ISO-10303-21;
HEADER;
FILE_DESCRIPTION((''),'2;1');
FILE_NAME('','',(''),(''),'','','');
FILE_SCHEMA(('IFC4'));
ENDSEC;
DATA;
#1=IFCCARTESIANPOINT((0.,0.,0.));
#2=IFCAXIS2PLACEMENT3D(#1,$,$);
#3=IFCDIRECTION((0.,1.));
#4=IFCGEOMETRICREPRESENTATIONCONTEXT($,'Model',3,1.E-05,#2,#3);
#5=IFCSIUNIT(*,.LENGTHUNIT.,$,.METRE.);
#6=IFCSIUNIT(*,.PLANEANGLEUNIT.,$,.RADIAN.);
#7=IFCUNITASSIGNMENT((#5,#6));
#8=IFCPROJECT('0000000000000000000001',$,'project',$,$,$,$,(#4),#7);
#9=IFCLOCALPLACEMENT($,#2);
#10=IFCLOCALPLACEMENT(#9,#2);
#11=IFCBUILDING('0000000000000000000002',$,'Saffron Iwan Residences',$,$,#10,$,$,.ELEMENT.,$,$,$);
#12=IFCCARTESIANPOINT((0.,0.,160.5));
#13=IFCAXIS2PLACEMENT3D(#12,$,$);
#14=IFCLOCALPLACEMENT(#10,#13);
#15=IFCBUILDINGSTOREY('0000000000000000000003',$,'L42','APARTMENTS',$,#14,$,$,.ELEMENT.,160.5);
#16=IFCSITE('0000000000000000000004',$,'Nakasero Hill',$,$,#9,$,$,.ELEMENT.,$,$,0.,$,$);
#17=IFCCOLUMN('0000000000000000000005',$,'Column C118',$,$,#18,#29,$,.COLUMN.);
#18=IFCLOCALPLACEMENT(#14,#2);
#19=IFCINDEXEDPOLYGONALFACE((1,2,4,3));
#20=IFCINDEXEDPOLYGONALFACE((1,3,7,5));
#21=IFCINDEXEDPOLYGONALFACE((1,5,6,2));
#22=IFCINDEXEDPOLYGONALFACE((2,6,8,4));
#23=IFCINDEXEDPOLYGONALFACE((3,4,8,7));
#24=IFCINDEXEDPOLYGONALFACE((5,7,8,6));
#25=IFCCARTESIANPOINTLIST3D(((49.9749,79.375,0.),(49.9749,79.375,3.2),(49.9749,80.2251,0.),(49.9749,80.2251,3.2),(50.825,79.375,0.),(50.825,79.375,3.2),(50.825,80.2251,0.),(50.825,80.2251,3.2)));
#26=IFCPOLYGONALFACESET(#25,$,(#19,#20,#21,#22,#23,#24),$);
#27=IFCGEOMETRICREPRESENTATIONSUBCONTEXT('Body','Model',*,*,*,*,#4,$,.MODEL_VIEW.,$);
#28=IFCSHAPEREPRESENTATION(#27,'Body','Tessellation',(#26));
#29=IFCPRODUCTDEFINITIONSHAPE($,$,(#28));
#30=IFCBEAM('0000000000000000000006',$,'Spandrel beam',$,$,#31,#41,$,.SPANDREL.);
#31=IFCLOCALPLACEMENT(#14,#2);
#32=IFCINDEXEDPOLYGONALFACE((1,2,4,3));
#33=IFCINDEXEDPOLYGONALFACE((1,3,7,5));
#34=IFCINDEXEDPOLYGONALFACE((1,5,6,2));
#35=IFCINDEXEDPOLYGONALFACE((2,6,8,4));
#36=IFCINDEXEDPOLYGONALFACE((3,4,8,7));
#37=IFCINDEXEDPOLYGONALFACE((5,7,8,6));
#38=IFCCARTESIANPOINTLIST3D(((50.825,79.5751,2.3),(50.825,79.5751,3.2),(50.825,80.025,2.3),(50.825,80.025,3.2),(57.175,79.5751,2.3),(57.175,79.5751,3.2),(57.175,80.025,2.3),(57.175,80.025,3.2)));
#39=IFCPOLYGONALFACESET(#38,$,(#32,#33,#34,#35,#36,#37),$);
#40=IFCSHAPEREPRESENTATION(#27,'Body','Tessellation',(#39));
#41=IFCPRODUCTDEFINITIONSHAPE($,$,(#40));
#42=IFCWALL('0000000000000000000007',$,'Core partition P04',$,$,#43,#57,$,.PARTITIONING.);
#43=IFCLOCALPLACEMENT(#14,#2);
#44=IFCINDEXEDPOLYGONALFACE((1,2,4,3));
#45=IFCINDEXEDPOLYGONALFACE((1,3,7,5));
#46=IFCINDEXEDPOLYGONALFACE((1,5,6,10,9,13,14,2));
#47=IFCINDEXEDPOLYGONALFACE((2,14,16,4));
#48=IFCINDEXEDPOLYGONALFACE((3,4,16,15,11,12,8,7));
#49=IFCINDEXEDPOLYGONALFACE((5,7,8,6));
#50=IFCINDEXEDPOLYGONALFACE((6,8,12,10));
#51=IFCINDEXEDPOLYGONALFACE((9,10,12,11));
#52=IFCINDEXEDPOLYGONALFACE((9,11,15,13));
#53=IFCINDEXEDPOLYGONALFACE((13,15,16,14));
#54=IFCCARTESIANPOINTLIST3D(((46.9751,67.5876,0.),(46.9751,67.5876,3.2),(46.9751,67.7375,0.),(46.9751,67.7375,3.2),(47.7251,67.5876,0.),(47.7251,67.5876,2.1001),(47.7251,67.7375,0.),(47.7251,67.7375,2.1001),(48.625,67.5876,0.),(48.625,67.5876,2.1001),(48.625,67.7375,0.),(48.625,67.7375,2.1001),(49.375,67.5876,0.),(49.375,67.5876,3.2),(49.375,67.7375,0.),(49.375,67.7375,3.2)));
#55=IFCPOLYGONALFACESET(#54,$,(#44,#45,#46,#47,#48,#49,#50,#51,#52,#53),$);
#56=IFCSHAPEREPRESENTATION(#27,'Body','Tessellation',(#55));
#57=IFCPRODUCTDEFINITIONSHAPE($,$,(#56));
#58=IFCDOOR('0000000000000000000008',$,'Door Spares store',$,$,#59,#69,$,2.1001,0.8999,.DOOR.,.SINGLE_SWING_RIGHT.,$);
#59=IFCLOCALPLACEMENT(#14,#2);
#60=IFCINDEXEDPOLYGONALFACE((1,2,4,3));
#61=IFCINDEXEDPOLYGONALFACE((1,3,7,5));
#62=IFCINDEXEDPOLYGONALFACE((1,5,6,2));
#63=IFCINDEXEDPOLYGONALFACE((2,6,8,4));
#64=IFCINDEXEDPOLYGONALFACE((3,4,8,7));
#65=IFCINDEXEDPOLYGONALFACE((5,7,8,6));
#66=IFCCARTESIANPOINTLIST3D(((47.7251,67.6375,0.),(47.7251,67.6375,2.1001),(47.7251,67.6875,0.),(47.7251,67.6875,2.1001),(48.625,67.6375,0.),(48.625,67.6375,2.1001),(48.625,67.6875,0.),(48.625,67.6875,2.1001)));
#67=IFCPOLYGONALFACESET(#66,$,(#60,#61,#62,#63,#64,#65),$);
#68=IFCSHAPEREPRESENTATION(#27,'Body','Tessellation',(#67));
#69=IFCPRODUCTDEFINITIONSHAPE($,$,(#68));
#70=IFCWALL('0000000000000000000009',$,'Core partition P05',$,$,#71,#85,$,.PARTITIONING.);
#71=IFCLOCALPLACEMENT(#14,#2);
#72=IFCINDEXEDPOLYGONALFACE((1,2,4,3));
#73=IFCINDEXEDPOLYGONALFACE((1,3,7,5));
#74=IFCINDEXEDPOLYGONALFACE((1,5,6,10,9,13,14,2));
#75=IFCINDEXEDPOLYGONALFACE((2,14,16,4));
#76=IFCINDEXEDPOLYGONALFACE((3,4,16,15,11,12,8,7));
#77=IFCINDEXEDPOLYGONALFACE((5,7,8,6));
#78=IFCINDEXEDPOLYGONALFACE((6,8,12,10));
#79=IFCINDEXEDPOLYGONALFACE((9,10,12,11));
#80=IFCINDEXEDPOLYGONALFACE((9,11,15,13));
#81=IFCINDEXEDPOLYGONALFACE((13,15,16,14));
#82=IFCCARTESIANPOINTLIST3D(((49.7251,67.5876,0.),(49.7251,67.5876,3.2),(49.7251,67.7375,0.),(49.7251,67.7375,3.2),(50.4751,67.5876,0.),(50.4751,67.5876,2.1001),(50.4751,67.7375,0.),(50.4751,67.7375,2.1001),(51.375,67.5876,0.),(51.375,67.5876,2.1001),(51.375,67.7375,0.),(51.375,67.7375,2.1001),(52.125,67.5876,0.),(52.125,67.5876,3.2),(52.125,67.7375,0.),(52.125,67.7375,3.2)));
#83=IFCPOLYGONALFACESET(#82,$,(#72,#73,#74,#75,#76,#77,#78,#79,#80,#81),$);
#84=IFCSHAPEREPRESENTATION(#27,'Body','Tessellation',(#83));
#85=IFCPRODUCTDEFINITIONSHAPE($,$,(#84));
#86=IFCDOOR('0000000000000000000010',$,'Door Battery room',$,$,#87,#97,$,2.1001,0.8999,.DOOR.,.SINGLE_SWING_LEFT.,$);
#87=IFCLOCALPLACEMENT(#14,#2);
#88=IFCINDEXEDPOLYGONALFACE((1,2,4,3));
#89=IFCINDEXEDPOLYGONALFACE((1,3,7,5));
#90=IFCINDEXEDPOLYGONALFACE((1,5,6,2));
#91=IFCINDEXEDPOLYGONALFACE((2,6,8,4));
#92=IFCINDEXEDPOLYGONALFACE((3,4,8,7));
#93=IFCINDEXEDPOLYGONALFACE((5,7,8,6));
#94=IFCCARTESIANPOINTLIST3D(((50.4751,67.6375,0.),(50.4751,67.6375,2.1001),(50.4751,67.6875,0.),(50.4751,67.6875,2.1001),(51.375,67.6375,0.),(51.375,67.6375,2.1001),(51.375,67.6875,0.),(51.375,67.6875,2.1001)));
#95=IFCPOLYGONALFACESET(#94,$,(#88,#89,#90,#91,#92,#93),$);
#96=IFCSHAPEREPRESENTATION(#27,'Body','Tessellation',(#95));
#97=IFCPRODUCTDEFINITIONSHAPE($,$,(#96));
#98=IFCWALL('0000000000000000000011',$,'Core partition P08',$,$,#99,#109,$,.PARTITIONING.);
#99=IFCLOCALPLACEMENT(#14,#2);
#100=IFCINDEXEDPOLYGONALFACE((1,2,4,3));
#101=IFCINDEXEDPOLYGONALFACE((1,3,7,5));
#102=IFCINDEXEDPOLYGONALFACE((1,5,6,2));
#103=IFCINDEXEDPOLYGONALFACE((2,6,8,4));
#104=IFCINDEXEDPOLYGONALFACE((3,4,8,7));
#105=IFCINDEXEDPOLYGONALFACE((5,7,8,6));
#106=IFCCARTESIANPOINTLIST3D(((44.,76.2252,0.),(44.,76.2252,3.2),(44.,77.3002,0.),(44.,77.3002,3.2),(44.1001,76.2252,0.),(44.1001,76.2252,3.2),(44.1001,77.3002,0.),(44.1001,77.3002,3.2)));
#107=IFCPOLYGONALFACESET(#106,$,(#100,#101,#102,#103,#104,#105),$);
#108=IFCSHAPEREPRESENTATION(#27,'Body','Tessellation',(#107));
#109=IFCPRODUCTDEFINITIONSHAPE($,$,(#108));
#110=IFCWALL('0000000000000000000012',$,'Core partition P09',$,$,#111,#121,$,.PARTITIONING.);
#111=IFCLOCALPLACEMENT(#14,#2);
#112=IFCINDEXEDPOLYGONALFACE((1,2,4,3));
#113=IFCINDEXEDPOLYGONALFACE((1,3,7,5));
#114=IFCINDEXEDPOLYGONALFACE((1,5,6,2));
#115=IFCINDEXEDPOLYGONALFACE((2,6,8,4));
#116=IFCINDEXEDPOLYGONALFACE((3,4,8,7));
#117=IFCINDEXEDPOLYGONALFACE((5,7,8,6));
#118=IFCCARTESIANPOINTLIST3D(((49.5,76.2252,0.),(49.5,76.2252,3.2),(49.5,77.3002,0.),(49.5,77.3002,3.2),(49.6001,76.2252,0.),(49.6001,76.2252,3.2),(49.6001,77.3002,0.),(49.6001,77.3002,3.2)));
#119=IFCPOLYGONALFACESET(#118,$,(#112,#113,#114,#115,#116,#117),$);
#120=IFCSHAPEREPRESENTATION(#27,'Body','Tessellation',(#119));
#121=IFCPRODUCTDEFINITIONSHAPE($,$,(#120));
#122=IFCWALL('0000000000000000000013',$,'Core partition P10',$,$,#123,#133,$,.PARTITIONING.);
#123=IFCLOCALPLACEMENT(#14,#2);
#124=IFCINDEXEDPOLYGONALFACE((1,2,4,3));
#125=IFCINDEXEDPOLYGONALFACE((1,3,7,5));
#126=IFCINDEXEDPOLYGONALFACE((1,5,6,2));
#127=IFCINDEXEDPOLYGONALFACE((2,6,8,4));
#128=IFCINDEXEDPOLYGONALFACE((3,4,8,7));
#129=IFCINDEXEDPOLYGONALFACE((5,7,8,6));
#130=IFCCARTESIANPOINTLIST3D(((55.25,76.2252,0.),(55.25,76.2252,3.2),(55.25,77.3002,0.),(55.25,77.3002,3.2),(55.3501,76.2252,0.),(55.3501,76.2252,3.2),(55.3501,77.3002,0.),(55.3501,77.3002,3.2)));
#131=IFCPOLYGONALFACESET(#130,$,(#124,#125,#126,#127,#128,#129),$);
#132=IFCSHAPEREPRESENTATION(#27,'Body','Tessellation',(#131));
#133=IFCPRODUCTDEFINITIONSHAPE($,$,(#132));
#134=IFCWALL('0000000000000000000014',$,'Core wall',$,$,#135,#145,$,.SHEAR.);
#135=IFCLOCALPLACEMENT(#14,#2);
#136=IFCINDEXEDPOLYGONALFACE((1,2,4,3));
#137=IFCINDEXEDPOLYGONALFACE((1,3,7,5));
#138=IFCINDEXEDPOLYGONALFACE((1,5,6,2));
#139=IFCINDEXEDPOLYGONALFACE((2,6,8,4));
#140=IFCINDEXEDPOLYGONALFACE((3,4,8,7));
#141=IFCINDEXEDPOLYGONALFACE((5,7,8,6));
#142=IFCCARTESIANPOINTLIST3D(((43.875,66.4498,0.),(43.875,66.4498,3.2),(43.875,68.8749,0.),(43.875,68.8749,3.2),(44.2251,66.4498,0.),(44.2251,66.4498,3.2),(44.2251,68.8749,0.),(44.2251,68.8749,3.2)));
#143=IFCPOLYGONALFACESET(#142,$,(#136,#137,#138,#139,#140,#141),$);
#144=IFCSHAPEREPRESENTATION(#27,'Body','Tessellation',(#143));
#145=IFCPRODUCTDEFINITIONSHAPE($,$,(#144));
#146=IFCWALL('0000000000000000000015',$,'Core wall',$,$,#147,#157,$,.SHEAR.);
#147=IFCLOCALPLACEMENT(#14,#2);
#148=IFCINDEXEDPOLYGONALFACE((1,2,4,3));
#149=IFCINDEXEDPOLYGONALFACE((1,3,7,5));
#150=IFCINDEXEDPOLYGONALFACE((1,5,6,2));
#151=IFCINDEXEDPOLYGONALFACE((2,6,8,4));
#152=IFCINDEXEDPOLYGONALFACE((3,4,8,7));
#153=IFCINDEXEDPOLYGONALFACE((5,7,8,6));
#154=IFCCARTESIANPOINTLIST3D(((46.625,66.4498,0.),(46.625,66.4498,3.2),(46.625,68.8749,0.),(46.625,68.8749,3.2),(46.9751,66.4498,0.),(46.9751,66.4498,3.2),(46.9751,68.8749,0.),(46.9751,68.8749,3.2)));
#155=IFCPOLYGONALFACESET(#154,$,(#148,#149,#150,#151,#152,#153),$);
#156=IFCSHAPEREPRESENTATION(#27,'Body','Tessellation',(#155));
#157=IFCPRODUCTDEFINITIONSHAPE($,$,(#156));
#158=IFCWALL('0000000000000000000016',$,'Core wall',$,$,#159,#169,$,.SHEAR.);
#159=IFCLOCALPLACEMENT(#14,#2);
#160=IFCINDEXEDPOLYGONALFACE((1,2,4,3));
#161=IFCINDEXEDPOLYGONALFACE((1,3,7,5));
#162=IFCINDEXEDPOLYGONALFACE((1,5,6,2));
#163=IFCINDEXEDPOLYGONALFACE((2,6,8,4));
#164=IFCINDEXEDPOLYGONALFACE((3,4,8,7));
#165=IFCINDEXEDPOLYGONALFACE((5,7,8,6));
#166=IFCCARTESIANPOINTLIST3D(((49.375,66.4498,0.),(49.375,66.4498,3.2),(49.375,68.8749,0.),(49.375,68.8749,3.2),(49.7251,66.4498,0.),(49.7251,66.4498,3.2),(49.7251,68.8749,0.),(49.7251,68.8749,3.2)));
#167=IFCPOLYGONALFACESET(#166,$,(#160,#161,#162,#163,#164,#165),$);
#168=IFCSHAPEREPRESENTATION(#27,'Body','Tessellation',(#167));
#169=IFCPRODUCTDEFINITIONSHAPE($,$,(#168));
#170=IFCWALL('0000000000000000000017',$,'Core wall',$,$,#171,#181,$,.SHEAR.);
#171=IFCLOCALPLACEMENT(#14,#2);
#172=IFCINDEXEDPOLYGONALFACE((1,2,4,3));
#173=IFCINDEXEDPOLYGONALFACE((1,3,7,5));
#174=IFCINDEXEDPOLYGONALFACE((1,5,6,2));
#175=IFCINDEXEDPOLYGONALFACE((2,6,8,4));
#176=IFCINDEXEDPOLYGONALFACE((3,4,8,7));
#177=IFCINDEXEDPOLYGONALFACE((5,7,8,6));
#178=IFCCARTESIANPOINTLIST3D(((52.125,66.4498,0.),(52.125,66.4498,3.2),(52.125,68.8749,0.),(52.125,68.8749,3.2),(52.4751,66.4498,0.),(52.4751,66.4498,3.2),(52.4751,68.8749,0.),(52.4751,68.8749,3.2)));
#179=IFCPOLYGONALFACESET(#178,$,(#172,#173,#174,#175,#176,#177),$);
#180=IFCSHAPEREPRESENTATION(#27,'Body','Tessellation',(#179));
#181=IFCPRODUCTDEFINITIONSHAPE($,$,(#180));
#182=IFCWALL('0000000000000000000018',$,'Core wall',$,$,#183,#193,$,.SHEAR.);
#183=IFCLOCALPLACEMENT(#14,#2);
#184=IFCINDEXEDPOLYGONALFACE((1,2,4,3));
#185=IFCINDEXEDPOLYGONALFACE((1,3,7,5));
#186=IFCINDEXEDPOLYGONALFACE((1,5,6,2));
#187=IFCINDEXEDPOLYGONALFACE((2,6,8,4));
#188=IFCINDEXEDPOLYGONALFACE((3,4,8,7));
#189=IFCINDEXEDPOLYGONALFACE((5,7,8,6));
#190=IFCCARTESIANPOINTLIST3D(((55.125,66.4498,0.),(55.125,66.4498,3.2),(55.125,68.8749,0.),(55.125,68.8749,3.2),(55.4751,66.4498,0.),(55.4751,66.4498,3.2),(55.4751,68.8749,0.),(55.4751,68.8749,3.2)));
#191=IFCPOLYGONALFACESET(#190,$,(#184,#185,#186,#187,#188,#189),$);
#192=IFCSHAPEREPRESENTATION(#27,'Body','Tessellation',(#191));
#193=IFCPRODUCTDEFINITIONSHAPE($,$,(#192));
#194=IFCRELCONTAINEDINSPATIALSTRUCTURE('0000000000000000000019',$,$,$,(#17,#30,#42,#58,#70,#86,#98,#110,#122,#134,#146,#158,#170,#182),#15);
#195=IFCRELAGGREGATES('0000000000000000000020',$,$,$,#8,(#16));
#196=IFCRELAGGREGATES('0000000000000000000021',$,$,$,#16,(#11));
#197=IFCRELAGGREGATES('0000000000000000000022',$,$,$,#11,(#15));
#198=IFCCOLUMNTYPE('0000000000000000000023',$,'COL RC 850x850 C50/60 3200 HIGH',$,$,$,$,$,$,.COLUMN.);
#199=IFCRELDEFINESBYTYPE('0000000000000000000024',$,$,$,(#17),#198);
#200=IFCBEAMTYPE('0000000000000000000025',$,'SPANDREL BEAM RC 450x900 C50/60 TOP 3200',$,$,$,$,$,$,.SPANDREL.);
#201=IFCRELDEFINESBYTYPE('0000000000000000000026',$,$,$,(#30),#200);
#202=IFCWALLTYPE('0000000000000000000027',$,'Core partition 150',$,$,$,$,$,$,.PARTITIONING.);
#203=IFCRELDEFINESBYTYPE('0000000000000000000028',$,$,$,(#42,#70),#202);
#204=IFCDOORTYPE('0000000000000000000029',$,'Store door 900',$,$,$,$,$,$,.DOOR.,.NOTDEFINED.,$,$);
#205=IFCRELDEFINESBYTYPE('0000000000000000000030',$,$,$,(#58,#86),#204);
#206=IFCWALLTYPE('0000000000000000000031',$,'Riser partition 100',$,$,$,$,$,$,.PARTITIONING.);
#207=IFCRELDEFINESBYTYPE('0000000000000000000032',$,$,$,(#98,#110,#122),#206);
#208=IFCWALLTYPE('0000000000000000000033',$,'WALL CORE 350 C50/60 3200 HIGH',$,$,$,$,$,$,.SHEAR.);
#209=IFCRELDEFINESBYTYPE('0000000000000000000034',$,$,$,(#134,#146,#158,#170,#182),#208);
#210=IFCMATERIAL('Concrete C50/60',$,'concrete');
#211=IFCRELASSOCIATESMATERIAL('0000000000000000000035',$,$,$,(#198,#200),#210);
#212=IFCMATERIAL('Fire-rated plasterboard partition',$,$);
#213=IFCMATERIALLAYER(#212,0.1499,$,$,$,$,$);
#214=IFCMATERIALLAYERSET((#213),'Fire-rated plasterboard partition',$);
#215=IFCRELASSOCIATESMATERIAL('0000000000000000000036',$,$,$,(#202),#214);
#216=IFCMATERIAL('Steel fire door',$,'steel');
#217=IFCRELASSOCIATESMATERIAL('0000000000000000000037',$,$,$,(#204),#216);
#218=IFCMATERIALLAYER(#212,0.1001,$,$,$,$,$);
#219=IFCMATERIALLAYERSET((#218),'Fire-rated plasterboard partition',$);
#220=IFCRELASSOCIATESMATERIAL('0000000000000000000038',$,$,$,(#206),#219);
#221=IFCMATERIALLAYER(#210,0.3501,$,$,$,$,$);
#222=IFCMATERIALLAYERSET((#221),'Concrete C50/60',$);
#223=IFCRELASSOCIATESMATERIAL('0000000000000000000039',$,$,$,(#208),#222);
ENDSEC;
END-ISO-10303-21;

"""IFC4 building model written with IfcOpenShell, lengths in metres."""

from ifc_helpers import new_model, si_unit, direction, frame, frame_2d, origin, origin_2d, place, context, subcontext, project, spatial, rectangle, extrude, source, transform, mapped, material, layer, layer_set, material_profile, profile_set, type_object, element, fill, save


model = new_model("IFC4")

# Units and contexts
model_context = context("Model", 3, precision=1e-05, world=origin(), true_north=direction((0.0, 1.0)))
body_context = subcontext(model_context, "Body", "Model", "MODEL_VIEW")
ifc_project = project(units=[si_unit("LENGTHUNIT", "METRE"), si_unit("PLANEANGLEUNIT", "RADIAN")], contexts=[model_context])

# Site, building, storey
site_placement = place(None, origin())
site = spatial("IfcSite", under=ifc_project, at=site_placement, Name="Nakasero Hill", CompositionType="ELEMENT", RefElevation=0.0)
building_placement = place(site_placement, origin())
building = spatial("IfcBuilding", under=site, at=building_placement, Name="Saffron Iwan Residences", CompositionType="ELEMENT")
storey_placement = place(building_placement, frame((0.0, 0.0, 160.5)))
storey = spatial("IfcBuildingStorey", under=building, at=storey_placement, Name="L42", Description="APARTMENTS", CompositionType="ELEMENT", Elevation=160.5)

# Column
ifc_material_1 = material(Name="Concrete C50/60", Category="concrete")
ifc_material_profile_1 = material_profile(ifc_material_1, rectangle(XDim=0.8501, YDim=0.8501, at=origin_2d()), Name="RC 850x850")
ifc_profile_set_1 = profile_set([ifc_material_profile_1], Name="Concrete C50/60")
column_type = type_object("IfcColumnType", Name="COL RC 850x850 C50/60 3200 HIGH", PredefinedType="COLUMN", material=ifc_profile_set_1)
shared_shape_1 = source(origin(), body_context, "Body", "SweptSolid", [
    extrude(rectangle(XDim=0.8501, YDim=0.8501, at=origin_2d()), origin(), (0.0, 0.0, 1.0), 3.2),
])
column_placement = place(storey_placement, frame((50.3999, 79.8, 0.0), z_axis=(0.0, 0.0, 1.0), x_axis=(1.0, 0.0, 0.0)))
element("IfcColumn", 1, at=column_placement, inside=storey, type_object=column_type, Name="Column C118", PredefinedType="COLUMN", context=body_context, shape_type="MappedRepresentation", body=[
    mapped(shared_shape_1, transform((0.0, 0.0, 0.0))),
])

# Beam
ifc_material_profile_2 = material_profile(ifc_material_1, rectangle(XDim=0.45, YDim=0.8999, at=origin_2d()), Name="RC 450x900")
ifc_profile_set_2 = profile_set([ifc_material_profile_2], Name="Concrete C50/60")
beam_type = type_object("IfcBeamType", Name="SPANDREL BEAM RC 450x900 C50/60 TOP 3200", PredefinedType="SPANDREL", material=ifc_profile_set_2)
shared_shape_2 = source(origin(), body_context, "Body", "SweptSolid", [
    extrude(rectangle(XDim=0.45, YDim=0.8999, at=origin_2d()), origin(), (0.0, 0.0, 1.0), 6.3501),
])
beam_placement = place(storey_placement, frame((50.825, 79.8, 2.75), z_axis=(1.0, 0.0, 0.0), x_axis=(0.0, 1.0, 0.0)))
element("IfcBeam", 2, at=beam_placement, inside=storey, type_object=beam_type, Name="Spandrel beam", PredefinedType="SPANDREL", context=body_context, shape_type="MappedRepresentation", body=[
    mapped(shared_shape_2, transform((0.0, 0.0, 0.0))),
])

# Walls, openings, doors
ifc_material_2 = material(Name="Fire-rated plasterboard partition")
ifc_layer_1 = layer(ifc_material_2, 0.1499)
ifc_layer_set_1 = layer_set([ifc_layer_1], Name="Fire-rated plasterboard partition")
wall_type_1 = type_object("IfcWallType", Name="Core partition 150", PredefinedType="PARTITIONING", material=ifc_layer_set_1)
wall_1_placement = place(storey_placement, frame((46.9751, 67.6626, 0.0), z_axis=(0.0, 0.0, 1.0), x_axis=(1.0, 0.0, 0.0)))
wall_1 = element("IfcWall", 3, at=wall_1_placement, inside=storey, type_object=wall_type_1, Name="Core partition P04", PredefinedType="PARTITIONING", context=body_context, shape_type="SweptSolid", body=[
    extrude(rectangle(XDim=2.3999, YDim=0.1499, at=frame_2d((1.2, 0.0))), origin(), (0.0, 0.0, 1.0), 3.2),
])
opening_1_placement = place(wall_1_placement, frame((0.75, 0.0, 0.0)))
opening_1 = element("IfcOpeningElement", 4, at=opening_1_placement, cuts=wall_1, PredefinedType="OPENING", context=body_context, shape_type="SweptSolid", body=[
    extrude(rectangle(XDim=0.8999, YDim=2.1001, at=frame_2d((0.45, 1.05))), frame((0.0, 0.085, 0.0), z_axis=(0.0, -1.0, 0.0), x_axis=(1.0, 0.0, 0.0)), (0.0, 0.0, 1.0), 0.1699),
])
ifc_material_3 = material(Name="Steel fire door", Category="steel")
door_type = type_object("IfcDoorType", Name="Store door 900", OperationType="NOTDEFINED", PredefinedType="DOOR", material=ifc_material_3)
door_1_placement = place(opening_1_placement, origin())
door_1 = element("IfcDoor", 5, at=door_1_placement, inside=storey, type_object=door_type, Name="Door Spares store", OperationType="SINGLE_SWING_RIGHT", OverallHeight=2.1001, OverallWidth=0.8999, PredefinedType="DOOR", context=body_context, shape_type="SweptSolid", body=[
    extrude(rectangle(XDim=0.8999, YDim=2.1001, at=frame_2d((0.45, 1.05))), frame((0.0, 0.0249, 0.0), z_axis=(0.0, -1.0, 0.0), x_axis=(1.0, 0.0, 0.0)), (0.0, 0.0, 1.0), 0.05),
])
fill(opening_1, door_1)
wall_2_placement = place(storey_placement, frame((49.7251, 67.6626, 0.0), z_axis=(0.0, 0.0, 1.0), x_axis=(1.0, 0.0, 0.0)))
wall_2 = element("IfcWall", 6, at=wall_2_placement, inside=storey, type_object=wall_type_1, Name="Core partition P05", PredefinedType="PARTITIONING", context=body_context, shape_type="SweptSolid", body=[
    extrude(rectangle(XDim=2.3999, YDim=0.1499, at=frame_2d((1.2, 0.0))), origin(), (0.0, 0.0, 1.0), 3.2),
])
opening_2_placement = place(wall_2_placement, frame((0.75, 0.0, 0.0)))
opening_2 = element("IfcOpeningElement", 7, at=opening_2_placement, cuts=wall_2, PredefinedType="OPENING", context=body_context, shape_type="SweptSolid", body=[
    extrude(rectangle(XDim=0.8999, YDim=2.1001, at=frame_2d((0.45, 1.05))), frame((0.0, 0.085, 0.0), z_axis=(0.0, -1.0, 0.0), x_axis=(1.0, 0.0, 0.0)), (0.0, 0.0, 1.0), 0.1699),
])
door_2_placement = place(opening_2_placement, origin())
door_2 = element("IfcDoor", 8, at=door_2_placement, inside=storey, type_object=door_type, Name="Door Battery room", OperationType="SINGLE_SWING_LEFT", OverallHeight=2.1001, OverallWidth=0.8999, PredefinedType="DOOR", context=body_context, shape_type="SweptSolid", body=[
    extrude(rectangle(XDim=0.8999, YDim=2.1001, at=frame_2d((0.45, 1.05))), frame((0.0, 0.0249, 0.0), z_axis=(0.0, -1.0, 0.0), x_axis=(1.0, 0.0, 0.0)), (0.0, 0.0, 1.0), 0.05),
])
fill(opening_2, door_2)

# Walls
ifc_layer_2 = layer(ifc_material_2, 0.1001)
ifc_layer_set_2 = layer_set([ifc_layer_2], Name="Fire-rated plasterboard partition")
wall_type_2 = type_object("IfcWallType", Name="Riser partition 100", PredefinedType="PARTITIONING", material=ifc_layer_set_2)
for number, where, z_axis, x_axis, name in (
    (9, (44.05, 76.2251, 0.0), (0.0, 0.0, 1.0), (0.0, 1.0, 0.0), "Core partition P08"),
    (10, (49.55, 76.2251, 0.0), (0.0, 0.0, 1.0), (0.0, 1.0, 0.0), "Core partition P09"),
    (11, (55.3, 76.2251, 0.0), (0.0, 0.0, 1.0), (0.0, 1.0, 0.0), "Core partition P10"),
):
    element("IfcWall", number, at=place(storey_placement, frame(where, z_axis=z_axis, x_axis=x_axis)), inside=storey, type_object=wall_type_2, Name=name, PredefinedType="PARTITIONING", context=body_context, shape_type="SweptSolid", body=[
        extrude(rectangle(XDim=1.075, YDim=0.1001, at=frame_2d((0.5376, 0.0))), origin(), (0.0, 0.0, 1.0), 3.2),
    ])
ifc_layer_3 = layer(ifc_material_1, 0.3501)
ifc_layer_set_3 = layer_set([ifc_layer_3], Name="Concrete C50/60")
wall_type_3 = type_object("IfcWallType", Name="WALL CORE 350 C50/60 3200 HIGH", PredefinedType="SHEAR", material=ifc_layer_set_3)
for number, where, z_axis, x_axis, name in (
    (12, (44.05, 66.45, 0.0), (0.0, 0.0, 1.0), (0.0, 1.0, 0.0), "Core wall"),
    (13, (46.8, 66.45, 0.0), (0.0, 0.0, 1.0), (0.0, 1.0, 0.0), "Core wall"),
    (14, (49.55, 66.45, 0.0), (0.0, 0.0, 1.0), (0.0, 1.0, 0.0), "Core wall"),
    (15, (52.3, 66.45, 0.0), (0.0, 0.0, 1.0), (0.0, 1.0, 0.0), "Core wall"),
    (16, (55.3, 66.45, 0.0), (0.0, 0.0, 1.0), (0.0, 1.0, 0.0), "Core wall"),
):
    element("IfcWall", number, at=place(storey_placement, frame(where, z_axis=z_axis, x_axis=x_axis)), inside=storey, type_object=wall_type_3, Name=name, PredefinedType="SHEAR", context=body_context, shape_type="SweptSolid", body=[
        extrude(rectangle(XDim=2.425, YDim=0.3501, at=frame_2d((1.2124, 0.0))), origin(), (0.0, 0.0, 1.0), 3.2),
    ])

save(model, "model.ifc")
